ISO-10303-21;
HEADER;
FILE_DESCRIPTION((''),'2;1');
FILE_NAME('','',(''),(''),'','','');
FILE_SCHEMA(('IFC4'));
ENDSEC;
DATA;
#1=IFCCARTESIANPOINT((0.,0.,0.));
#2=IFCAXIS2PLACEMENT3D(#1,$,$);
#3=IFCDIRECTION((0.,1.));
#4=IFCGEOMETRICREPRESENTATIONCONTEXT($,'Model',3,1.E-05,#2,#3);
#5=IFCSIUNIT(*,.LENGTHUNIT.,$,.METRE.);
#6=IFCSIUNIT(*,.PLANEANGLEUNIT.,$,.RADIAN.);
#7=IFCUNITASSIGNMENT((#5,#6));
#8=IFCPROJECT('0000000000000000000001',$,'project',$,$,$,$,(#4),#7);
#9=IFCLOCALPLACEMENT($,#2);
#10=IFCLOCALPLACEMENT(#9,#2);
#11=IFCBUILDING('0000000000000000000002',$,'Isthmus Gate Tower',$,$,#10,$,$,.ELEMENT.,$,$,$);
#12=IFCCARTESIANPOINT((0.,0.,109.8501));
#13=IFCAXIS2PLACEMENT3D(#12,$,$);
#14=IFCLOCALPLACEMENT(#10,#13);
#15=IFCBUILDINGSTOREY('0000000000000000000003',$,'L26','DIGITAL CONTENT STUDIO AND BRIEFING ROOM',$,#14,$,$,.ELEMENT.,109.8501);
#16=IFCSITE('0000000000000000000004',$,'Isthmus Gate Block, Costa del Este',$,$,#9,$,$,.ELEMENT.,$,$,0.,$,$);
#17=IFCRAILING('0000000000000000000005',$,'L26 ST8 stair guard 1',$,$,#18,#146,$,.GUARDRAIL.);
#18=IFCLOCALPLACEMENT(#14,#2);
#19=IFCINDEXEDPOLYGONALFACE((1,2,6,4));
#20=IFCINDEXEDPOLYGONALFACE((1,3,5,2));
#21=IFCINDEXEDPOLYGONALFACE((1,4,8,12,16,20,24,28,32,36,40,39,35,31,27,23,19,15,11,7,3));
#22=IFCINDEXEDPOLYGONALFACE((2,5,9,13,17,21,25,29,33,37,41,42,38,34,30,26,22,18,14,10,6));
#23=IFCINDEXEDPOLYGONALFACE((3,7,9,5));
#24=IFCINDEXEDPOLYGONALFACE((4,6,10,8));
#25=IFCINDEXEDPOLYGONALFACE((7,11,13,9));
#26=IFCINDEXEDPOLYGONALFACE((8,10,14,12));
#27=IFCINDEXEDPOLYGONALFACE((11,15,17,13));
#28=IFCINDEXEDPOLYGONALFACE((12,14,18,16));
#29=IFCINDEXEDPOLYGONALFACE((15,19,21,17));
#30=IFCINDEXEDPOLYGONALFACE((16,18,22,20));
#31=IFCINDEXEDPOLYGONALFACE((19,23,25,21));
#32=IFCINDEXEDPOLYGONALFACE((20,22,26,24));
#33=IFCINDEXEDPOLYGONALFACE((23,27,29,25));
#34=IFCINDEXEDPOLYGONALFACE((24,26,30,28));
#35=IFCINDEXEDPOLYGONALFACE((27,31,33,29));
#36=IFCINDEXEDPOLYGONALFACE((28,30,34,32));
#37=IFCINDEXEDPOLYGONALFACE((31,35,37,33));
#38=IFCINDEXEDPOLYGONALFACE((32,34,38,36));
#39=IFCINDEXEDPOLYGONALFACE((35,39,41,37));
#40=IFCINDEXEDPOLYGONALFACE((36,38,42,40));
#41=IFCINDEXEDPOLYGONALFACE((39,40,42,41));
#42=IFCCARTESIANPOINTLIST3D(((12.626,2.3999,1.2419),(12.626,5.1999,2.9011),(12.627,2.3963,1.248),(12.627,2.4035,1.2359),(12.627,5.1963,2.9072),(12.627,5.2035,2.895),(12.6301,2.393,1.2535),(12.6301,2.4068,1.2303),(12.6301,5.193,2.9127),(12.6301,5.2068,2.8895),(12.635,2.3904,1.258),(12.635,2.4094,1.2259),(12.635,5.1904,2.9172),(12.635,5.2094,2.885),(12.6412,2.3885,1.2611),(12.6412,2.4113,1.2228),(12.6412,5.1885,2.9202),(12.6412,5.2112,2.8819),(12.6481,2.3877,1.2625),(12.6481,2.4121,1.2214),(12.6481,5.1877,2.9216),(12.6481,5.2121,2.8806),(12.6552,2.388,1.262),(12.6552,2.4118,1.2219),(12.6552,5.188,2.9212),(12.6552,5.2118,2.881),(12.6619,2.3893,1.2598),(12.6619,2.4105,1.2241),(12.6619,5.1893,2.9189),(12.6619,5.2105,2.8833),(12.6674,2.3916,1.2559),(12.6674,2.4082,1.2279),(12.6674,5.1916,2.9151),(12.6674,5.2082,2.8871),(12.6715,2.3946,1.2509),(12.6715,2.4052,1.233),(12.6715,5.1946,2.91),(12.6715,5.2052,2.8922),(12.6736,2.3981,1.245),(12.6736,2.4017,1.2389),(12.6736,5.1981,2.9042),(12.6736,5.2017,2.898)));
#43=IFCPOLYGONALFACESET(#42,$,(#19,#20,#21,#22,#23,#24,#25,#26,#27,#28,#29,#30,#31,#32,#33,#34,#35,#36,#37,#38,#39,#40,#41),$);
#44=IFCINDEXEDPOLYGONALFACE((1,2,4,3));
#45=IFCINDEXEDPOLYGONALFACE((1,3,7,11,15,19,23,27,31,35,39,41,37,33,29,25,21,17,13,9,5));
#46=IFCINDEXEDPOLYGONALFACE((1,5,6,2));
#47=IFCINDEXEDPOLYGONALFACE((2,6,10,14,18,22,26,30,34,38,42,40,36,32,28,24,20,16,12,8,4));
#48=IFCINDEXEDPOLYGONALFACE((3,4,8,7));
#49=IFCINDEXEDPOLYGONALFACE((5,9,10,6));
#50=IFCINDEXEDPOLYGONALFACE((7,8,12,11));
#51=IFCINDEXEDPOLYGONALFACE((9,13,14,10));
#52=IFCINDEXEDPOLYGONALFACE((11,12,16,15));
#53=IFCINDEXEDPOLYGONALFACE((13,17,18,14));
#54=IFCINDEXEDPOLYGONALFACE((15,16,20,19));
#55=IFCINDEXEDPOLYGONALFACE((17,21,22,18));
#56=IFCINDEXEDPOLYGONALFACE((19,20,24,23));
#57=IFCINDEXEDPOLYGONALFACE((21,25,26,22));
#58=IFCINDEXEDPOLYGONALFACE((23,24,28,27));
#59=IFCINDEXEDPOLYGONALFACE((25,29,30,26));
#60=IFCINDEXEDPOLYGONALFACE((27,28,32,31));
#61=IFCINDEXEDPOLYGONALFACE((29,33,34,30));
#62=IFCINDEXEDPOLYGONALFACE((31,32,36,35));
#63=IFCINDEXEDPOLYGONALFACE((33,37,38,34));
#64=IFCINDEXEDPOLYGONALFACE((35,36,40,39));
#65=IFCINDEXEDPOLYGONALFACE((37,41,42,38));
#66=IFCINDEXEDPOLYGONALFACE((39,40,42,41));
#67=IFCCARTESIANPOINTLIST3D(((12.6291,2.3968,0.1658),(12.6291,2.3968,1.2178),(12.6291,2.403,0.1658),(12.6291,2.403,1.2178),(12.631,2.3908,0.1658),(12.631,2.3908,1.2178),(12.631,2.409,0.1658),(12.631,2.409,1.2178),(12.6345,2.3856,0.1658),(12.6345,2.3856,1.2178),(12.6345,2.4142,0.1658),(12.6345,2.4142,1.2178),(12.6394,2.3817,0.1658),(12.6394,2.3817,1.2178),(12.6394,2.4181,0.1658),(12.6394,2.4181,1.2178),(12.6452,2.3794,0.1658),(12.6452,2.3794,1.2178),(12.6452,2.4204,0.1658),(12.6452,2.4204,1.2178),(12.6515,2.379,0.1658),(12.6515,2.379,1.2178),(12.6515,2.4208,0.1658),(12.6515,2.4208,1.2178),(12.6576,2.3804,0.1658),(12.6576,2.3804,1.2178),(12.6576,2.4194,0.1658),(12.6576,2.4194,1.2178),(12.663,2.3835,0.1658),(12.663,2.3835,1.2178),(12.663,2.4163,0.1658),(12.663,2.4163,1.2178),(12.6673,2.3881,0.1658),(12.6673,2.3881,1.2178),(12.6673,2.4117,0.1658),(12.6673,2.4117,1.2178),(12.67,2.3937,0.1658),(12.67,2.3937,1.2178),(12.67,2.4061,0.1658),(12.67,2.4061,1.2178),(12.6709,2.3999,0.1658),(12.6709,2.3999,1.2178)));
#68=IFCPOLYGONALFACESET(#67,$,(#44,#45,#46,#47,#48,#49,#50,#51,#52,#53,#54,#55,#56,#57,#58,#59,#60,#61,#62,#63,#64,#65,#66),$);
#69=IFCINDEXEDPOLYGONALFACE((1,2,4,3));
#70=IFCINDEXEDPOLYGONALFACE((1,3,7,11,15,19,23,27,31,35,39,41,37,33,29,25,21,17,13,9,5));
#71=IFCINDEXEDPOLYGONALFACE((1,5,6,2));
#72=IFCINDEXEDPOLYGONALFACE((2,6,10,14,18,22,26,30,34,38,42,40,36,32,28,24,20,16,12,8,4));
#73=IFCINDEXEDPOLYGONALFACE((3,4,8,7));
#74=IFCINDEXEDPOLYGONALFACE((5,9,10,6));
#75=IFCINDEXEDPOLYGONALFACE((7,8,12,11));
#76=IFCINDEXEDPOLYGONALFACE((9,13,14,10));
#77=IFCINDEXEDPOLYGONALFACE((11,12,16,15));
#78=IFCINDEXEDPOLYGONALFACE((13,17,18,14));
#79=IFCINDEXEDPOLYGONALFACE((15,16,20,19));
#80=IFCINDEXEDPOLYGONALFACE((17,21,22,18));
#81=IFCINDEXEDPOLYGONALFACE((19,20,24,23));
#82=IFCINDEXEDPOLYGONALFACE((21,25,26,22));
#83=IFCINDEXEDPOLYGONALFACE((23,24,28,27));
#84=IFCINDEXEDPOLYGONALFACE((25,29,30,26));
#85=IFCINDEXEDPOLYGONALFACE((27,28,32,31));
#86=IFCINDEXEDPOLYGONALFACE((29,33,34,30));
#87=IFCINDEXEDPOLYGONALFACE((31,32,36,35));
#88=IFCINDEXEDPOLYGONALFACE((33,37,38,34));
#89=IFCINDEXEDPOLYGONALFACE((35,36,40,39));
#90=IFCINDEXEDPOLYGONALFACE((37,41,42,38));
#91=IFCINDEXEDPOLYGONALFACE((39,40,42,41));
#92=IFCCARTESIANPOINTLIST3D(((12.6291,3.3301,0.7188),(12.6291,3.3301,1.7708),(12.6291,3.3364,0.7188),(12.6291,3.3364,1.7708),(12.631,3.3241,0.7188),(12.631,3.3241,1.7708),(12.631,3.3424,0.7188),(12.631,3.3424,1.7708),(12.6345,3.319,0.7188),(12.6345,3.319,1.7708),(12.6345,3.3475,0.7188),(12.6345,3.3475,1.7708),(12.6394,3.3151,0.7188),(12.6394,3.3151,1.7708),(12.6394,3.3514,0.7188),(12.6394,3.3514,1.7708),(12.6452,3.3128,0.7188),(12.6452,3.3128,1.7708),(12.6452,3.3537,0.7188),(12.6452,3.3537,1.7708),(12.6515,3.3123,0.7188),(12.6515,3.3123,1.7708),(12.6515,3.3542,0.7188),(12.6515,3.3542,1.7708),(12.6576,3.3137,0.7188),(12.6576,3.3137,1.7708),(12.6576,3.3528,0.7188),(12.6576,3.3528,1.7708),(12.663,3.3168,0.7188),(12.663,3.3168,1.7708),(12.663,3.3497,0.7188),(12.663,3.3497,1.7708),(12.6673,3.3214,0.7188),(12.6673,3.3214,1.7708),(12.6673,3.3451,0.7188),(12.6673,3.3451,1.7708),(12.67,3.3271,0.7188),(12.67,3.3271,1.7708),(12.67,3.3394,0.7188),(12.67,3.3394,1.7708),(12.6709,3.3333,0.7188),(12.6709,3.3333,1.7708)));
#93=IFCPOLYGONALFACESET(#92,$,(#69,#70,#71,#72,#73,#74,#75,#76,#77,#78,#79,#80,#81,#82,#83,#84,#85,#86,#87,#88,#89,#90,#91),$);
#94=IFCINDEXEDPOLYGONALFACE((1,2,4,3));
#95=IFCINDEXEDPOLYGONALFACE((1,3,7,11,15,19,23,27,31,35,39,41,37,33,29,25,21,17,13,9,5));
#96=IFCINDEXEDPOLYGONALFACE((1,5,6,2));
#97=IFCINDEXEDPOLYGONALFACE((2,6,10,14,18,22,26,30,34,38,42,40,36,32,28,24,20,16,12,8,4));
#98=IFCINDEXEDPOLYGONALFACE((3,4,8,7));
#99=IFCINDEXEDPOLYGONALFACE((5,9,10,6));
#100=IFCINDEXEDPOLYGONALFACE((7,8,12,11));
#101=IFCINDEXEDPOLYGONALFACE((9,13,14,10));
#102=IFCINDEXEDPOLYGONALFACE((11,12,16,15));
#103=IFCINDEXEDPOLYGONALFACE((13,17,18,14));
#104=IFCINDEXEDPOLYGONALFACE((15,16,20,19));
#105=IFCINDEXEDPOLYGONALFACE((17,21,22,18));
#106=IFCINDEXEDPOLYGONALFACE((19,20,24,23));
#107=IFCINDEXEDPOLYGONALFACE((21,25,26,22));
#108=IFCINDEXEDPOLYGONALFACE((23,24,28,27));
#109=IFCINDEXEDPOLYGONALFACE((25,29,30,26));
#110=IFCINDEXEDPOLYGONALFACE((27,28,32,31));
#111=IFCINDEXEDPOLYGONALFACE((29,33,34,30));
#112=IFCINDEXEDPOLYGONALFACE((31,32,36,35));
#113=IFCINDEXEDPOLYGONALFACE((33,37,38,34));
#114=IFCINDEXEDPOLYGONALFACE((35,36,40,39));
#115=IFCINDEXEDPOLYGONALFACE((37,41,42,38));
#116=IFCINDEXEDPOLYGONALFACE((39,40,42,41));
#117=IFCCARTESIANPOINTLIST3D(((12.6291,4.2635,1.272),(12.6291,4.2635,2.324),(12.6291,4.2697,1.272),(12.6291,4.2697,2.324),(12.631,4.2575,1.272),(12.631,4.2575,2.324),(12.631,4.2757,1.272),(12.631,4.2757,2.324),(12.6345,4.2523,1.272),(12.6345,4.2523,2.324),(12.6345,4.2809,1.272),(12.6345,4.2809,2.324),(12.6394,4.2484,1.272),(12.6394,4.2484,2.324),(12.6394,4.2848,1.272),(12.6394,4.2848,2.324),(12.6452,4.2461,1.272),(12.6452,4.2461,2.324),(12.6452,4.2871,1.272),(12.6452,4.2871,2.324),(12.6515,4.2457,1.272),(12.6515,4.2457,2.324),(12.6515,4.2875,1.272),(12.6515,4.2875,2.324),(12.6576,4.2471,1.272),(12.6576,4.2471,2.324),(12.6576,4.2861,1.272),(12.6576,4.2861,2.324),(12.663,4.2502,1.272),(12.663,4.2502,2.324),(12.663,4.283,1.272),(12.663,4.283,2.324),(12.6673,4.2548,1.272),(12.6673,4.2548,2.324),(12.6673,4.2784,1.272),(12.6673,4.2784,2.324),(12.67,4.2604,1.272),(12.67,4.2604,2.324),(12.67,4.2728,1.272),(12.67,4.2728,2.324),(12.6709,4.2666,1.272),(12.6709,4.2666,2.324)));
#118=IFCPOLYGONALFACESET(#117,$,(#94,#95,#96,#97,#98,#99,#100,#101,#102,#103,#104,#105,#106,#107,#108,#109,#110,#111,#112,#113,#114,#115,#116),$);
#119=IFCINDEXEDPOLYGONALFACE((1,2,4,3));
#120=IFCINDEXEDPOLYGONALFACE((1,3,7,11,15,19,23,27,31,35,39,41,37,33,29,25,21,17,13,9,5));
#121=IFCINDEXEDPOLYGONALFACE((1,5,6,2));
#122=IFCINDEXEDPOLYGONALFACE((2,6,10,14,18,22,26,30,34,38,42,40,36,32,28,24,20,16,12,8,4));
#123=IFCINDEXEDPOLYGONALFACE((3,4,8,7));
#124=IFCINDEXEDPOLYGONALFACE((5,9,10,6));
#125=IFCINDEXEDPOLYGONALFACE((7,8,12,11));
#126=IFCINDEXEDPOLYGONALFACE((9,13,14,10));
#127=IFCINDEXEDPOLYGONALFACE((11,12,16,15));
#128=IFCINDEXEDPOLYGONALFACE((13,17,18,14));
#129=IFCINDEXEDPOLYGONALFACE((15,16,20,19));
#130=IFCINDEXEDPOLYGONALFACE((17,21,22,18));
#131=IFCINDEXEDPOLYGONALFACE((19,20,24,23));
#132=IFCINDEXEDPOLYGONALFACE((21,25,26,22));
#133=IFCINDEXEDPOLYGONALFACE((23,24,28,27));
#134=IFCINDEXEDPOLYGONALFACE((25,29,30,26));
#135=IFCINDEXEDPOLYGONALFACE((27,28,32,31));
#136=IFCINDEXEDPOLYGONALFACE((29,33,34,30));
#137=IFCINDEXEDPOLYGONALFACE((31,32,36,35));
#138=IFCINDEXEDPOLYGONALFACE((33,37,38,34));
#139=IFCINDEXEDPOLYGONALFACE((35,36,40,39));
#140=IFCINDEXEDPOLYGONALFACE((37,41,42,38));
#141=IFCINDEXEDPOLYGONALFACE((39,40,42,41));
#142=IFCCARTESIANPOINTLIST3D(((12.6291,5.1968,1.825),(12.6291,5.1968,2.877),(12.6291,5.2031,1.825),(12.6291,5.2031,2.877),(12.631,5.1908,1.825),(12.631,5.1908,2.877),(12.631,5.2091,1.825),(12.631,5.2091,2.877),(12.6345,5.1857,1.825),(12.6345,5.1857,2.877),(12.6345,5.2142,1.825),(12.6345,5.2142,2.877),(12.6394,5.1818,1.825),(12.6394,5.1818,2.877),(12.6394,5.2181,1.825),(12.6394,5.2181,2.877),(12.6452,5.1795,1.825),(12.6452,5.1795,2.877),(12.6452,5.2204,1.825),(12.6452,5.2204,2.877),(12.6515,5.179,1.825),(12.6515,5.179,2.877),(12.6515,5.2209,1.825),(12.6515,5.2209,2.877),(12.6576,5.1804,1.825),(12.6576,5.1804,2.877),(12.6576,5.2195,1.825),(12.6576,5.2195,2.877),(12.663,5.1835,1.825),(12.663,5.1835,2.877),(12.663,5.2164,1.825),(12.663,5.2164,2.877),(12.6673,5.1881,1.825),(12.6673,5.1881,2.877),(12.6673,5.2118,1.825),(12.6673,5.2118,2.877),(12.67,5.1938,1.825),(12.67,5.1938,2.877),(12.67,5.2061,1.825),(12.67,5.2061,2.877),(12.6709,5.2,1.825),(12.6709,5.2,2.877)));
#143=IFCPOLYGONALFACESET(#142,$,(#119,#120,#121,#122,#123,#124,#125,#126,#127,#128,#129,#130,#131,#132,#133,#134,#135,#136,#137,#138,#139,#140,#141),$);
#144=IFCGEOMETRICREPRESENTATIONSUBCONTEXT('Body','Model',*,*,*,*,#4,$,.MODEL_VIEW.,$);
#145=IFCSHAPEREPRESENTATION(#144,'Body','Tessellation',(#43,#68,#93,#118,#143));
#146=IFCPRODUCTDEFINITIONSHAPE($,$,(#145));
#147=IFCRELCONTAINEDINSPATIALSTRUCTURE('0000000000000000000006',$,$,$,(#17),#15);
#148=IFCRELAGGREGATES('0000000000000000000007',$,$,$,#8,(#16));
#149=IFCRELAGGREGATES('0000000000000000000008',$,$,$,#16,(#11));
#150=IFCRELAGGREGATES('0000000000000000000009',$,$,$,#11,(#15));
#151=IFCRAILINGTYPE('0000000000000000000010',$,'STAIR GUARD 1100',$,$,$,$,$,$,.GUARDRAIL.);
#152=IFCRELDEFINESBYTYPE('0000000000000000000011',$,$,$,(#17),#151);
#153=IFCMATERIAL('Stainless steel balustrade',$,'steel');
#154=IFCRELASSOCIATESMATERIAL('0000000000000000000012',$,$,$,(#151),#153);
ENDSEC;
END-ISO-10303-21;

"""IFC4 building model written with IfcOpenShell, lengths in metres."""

from ifc_helpers import new_model, si_unit, direction, frame, origin, origin_2d, place, context, subcontext, project, spatial, circle, extrude, material, type_object, element, save


model = new_model("IFC4")

# Units and contexts
model_context = context("Model", 3, precision=1e-05, world=origin(), true_north=direction((0.0, 1.0)))
body_context = subcontext(model_context, "Body", "Model", "MODEL_VIEW")
ifc_project = project(units=[si_unit("LENGTHUNIT", "METRE"), si_unit("PLANEANGLEUNIT", "RADIAN")], contexts=[model_context])

# Site, building, storey
site_placement = place(None, origin())
site = spatial("IfcSite", under=ifc_project, at=site_placement, Name="Isthmus Gate Block, Costa del Este", CompositionType="ELEMENT", RefElevation=0.0)
building_placement = place(site_placement, origin())
building = spatial("IfcBuilding", under=site, at=building_placement, Name="Isthmus Gate Tower", CompositionType="ELEMENT")
storey_placement = place(building_placement, frame((0.0, 0.0, 109.8501)))
storey = spatial("IfcBuildingStorey", under=building, at=storey_placement, Name="L26", Description="DIGITAL CONTENT STUDIO AND BRIEFING ROOM", CompositionType="ELEMENT", Elevation=109.8501)

# Railing
ifc_material_1 = material(Name="Stainless steel balustrade", Category="steel")
railing_type_1 = type_object("IfcRailingType", Name="STAIR GUARD 1100", PredefinedType="GUARDRAIL", material=ifc_material_1)
railing_1_placement = place(storey_placement, frame((12.6499, 2.3999, 0.1658)))
element("IfcRailing", 1, at=railing_1_placement, inside=storey, type_object=railing_type_1, Name="L26 ST8 stair guard 1", PredefinedType="GUARDRAIL", context=body_context, shape_type="SweptSolid", body=[
    extrude(circle(Radius=0.0239, at=origin_2d()), frame((0.0, 0.0, 1.0762), z_axis=(0.0, 0.860306, 0.509778), x_axis=(-1.0, 0.0, 0.0)), (0.0, 0.0, 1.0), 3.2546),
    extrude(circle(Radius=0.021, at=origin_2d()), origin(), (0.0, 0.0, 1.0), 1.052),
    extrude(circle(Radius=0.021, at=origin_2d()), frame((0.0, 0.9333, 0.553)), (0.0, 0.0, 1.0), 1.052),
    extrude(circle(Radius=0.021, at=origin_2d()), frame((0.0, 1.8667, 1.1062)), (0.0, 0.0, 1.0), 1.052),
    extrude(circle(Radius=0.021, at=origin_2d()), frame((0.0, 2.8, 1.6592)), (0.0, 0.0, 1.0), 1.052),
])

save(model, "model.ifc")
